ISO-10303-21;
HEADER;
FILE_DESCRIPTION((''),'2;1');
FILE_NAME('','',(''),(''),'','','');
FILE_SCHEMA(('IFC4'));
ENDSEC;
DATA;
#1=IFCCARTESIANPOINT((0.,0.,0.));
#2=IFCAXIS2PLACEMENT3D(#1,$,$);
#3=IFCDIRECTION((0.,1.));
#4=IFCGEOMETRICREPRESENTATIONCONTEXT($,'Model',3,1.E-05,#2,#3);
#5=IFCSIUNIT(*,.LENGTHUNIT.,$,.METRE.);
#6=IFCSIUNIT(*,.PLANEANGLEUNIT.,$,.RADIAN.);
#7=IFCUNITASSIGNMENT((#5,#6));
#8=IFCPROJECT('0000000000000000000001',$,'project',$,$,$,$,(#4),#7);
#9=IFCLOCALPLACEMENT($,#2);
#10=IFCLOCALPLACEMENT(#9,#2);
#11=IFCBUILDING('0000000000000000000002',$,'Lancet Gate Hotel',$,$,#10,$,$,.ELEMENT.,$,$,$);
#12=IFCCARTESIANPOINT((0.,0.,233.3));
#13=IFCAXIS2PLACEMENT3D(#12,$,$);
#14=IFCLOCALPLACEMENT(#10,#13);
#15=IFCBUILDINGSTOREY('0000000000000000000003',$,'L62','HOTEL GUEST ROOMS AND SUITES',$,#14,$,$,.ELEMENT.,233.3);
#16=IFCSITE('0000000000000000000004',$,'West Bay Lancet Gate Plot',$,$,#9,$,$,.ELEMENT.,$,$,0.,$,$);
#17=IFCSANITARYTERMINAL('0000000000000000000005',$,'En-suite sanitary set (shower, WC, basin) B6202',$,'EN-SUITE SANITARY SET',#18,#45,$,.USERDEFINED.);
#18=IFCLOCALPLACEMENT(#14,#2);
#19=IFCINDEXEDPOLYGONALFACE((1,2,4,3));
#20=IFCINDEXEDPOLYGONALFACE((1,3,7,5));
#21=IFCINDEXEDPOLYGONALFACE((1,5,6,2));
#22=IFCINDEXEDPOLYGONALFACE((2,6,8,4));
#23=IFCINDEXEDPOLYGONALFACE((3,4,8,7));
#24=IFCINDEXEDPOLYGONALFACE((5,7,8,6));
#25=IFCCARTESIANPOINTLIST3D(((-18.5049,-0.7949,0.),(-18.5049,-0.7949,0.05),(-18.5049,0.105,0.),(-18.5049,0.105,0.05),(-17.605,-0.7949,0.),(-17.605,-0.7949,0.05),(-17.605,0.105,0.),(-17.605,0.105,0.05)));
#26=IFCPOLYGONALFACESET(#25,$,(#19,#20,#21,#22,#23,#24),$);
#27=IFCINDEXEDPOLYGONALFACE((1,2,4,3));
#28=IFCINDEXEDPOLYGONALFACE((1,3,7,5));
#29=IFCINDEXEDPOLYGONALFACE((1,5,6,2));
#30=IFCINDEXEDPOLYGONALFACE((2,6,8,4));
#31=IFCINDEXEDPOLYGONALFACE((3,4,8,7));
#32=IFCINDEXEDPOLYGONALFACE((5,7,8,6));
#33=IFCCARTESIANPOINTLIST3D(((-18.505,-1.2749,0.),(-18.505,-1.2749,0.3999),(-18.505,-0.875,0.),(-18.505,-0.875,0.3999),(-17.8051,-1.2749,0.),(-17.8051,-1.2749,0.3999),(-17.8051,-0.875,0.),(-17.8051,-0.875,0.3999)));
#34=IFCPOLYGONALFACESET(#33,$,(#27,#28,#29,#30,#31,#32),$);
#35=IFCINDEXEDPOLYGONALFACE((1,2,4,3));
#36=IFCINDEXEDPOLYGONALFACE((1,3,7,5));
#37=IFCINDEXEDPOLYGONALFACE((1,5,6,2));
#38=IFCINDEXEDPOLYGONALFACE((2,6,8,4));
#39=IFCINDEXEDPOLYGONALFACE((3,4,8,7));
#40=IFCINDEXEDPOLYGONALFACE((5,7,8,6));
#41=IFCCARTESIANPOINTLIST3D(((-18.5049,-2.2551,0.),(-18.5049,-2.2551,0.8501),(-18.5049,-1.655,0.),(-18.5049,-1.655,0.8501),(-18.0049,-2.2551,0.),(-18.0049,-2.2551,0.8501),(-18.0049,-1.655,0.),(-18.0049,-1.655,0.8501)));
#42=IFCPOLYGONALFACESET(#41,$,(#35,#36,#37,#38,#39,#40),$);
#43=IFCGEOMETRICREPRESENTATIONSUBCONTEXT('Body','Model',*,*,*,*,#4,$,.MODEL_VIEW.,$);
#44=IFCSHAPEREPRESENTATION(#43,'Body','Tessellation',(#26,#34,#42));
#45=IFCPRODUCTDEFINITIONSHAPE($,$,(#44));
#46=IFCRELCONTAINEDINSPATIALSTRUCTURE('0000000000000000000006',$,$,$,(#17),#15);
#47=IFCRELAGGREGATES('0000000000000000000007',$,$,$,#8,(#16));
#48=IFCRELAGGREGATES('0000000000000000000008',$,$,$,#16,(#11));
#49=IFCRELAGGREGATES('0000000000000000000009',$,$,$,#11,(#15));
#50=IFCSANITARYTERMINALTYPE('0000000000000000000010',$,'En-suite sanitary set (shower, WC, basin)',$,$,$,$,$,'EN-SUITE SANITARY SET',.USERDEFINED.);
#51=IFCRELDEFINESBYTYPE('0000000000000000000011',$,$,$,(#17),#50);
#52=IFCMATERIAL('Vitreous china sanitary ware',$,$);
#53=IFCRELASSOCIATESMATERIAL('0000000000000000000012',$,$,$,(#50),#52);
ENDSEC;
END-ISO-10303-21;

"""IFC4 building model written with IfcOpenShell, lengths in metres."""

from ifc_helpers import new_model, si_unit, direction, frame, origin, origin_2d, place, context, subcontext, project, spatial, rectangle, extrude, material, type_object, element, save


model = new_model("IFC4")

# Units and contexts
model_context = context("Model", 3, precision=1e-05, world=origin(), true_north=direction((0.0, 1.0)))
body_context = subcontext(model_context, "Body", "Model", "MODEL_VIEW")
ifc_project = project(units=[si_unit("LENGTHUNIT", "METRE"), si_unit("PLANEANGLEUNIT", "RADIAN")], contexts=[model_context])

# Site, building, storey
site_placement = place(None, origin())
site = spatial("IfcSite", under=ifc_project, at=site_placement, Name="West Bay Lancet Gate Plot", CompositionType="ELEMENT", RefElevation=0.0)
building_placement = place(site_placement, origin())
building = spatial("IfcBuilding", under=site, at=building_placement, Name="Lancet Gate Hotel", CompositionType="ELEMENT")
storey_placement = place(building_placement, frame((0.0, 0.0, 233.3)))
storey = spatial("IfcBuildingStorey", under=building, at=storey_placement, Name="L62", Description="HOTEL GUEST ROOMS AND SUITES", CompositionType="ELEMENT", Elevation=233.3)

# Sanitary terminal
ifc_material_1 = material(Name="Vitreous china sanitary ware")
sanitary_terminal_type = type_object("IfcSanitaryTerminalType", Name="En-suite sanitary set (shower, WC, basin)", ElementType="EN-SUITE SANITARY SET", PredefinedType="USERDEFINED", material=ifc_material_1)
sanitary_terminal_placement = place(storey_placement, frame((-18.0549, -0.345, 0.0), z_axis=(0.0, 0.0, 1.0), x_axis=(1.0, 0.0, 0.0)))
element("IfcSanitaryTerminal", 1, at=sanitary_terminal_placement, inside=storey, type_object=sanitary_terminal_type, Name="En-suite sanitary set (shower, WC, basin) B6202", ObjectType="EN-SUITE SANITARY SET", PredefinedType="USERDEFINED", context=body_context, shape_type="SweptSolid", body=[
    extrude(rectangle(XDim=0.8999, YDim=0.8999, at=origin_2d()), frame((0.0, 0.0, 0.0), z_axis=(0.0, 0.0, 1.0), x_axis=(0.0, 1.0, 0.0)), (0.0, 0.0, 1.0), 0.05),
    extrude(rectangle(XDim=0.3999, YDim=0.7, at=origin_2d()), frame((-0.1001, -0.73, 0.0), z_axis=(0.0, 0.0, 1.0), x_axis=(0.0, 1.0, 0.0)), (0.0, 0.0, 1.0), 0.3999),
    extrude(rectangle(XDim=0.6001, YDim=0.5, at=origin_2d()), frame((-0.2, -1.6101, 0.0), z_axis=(0.0, 0.0, 1.0), x_axis=(0.0, 1.0, 0.0)), (0.0, 0.0, 1.0), 0.8501),
])

save(model, "model.ifc")
